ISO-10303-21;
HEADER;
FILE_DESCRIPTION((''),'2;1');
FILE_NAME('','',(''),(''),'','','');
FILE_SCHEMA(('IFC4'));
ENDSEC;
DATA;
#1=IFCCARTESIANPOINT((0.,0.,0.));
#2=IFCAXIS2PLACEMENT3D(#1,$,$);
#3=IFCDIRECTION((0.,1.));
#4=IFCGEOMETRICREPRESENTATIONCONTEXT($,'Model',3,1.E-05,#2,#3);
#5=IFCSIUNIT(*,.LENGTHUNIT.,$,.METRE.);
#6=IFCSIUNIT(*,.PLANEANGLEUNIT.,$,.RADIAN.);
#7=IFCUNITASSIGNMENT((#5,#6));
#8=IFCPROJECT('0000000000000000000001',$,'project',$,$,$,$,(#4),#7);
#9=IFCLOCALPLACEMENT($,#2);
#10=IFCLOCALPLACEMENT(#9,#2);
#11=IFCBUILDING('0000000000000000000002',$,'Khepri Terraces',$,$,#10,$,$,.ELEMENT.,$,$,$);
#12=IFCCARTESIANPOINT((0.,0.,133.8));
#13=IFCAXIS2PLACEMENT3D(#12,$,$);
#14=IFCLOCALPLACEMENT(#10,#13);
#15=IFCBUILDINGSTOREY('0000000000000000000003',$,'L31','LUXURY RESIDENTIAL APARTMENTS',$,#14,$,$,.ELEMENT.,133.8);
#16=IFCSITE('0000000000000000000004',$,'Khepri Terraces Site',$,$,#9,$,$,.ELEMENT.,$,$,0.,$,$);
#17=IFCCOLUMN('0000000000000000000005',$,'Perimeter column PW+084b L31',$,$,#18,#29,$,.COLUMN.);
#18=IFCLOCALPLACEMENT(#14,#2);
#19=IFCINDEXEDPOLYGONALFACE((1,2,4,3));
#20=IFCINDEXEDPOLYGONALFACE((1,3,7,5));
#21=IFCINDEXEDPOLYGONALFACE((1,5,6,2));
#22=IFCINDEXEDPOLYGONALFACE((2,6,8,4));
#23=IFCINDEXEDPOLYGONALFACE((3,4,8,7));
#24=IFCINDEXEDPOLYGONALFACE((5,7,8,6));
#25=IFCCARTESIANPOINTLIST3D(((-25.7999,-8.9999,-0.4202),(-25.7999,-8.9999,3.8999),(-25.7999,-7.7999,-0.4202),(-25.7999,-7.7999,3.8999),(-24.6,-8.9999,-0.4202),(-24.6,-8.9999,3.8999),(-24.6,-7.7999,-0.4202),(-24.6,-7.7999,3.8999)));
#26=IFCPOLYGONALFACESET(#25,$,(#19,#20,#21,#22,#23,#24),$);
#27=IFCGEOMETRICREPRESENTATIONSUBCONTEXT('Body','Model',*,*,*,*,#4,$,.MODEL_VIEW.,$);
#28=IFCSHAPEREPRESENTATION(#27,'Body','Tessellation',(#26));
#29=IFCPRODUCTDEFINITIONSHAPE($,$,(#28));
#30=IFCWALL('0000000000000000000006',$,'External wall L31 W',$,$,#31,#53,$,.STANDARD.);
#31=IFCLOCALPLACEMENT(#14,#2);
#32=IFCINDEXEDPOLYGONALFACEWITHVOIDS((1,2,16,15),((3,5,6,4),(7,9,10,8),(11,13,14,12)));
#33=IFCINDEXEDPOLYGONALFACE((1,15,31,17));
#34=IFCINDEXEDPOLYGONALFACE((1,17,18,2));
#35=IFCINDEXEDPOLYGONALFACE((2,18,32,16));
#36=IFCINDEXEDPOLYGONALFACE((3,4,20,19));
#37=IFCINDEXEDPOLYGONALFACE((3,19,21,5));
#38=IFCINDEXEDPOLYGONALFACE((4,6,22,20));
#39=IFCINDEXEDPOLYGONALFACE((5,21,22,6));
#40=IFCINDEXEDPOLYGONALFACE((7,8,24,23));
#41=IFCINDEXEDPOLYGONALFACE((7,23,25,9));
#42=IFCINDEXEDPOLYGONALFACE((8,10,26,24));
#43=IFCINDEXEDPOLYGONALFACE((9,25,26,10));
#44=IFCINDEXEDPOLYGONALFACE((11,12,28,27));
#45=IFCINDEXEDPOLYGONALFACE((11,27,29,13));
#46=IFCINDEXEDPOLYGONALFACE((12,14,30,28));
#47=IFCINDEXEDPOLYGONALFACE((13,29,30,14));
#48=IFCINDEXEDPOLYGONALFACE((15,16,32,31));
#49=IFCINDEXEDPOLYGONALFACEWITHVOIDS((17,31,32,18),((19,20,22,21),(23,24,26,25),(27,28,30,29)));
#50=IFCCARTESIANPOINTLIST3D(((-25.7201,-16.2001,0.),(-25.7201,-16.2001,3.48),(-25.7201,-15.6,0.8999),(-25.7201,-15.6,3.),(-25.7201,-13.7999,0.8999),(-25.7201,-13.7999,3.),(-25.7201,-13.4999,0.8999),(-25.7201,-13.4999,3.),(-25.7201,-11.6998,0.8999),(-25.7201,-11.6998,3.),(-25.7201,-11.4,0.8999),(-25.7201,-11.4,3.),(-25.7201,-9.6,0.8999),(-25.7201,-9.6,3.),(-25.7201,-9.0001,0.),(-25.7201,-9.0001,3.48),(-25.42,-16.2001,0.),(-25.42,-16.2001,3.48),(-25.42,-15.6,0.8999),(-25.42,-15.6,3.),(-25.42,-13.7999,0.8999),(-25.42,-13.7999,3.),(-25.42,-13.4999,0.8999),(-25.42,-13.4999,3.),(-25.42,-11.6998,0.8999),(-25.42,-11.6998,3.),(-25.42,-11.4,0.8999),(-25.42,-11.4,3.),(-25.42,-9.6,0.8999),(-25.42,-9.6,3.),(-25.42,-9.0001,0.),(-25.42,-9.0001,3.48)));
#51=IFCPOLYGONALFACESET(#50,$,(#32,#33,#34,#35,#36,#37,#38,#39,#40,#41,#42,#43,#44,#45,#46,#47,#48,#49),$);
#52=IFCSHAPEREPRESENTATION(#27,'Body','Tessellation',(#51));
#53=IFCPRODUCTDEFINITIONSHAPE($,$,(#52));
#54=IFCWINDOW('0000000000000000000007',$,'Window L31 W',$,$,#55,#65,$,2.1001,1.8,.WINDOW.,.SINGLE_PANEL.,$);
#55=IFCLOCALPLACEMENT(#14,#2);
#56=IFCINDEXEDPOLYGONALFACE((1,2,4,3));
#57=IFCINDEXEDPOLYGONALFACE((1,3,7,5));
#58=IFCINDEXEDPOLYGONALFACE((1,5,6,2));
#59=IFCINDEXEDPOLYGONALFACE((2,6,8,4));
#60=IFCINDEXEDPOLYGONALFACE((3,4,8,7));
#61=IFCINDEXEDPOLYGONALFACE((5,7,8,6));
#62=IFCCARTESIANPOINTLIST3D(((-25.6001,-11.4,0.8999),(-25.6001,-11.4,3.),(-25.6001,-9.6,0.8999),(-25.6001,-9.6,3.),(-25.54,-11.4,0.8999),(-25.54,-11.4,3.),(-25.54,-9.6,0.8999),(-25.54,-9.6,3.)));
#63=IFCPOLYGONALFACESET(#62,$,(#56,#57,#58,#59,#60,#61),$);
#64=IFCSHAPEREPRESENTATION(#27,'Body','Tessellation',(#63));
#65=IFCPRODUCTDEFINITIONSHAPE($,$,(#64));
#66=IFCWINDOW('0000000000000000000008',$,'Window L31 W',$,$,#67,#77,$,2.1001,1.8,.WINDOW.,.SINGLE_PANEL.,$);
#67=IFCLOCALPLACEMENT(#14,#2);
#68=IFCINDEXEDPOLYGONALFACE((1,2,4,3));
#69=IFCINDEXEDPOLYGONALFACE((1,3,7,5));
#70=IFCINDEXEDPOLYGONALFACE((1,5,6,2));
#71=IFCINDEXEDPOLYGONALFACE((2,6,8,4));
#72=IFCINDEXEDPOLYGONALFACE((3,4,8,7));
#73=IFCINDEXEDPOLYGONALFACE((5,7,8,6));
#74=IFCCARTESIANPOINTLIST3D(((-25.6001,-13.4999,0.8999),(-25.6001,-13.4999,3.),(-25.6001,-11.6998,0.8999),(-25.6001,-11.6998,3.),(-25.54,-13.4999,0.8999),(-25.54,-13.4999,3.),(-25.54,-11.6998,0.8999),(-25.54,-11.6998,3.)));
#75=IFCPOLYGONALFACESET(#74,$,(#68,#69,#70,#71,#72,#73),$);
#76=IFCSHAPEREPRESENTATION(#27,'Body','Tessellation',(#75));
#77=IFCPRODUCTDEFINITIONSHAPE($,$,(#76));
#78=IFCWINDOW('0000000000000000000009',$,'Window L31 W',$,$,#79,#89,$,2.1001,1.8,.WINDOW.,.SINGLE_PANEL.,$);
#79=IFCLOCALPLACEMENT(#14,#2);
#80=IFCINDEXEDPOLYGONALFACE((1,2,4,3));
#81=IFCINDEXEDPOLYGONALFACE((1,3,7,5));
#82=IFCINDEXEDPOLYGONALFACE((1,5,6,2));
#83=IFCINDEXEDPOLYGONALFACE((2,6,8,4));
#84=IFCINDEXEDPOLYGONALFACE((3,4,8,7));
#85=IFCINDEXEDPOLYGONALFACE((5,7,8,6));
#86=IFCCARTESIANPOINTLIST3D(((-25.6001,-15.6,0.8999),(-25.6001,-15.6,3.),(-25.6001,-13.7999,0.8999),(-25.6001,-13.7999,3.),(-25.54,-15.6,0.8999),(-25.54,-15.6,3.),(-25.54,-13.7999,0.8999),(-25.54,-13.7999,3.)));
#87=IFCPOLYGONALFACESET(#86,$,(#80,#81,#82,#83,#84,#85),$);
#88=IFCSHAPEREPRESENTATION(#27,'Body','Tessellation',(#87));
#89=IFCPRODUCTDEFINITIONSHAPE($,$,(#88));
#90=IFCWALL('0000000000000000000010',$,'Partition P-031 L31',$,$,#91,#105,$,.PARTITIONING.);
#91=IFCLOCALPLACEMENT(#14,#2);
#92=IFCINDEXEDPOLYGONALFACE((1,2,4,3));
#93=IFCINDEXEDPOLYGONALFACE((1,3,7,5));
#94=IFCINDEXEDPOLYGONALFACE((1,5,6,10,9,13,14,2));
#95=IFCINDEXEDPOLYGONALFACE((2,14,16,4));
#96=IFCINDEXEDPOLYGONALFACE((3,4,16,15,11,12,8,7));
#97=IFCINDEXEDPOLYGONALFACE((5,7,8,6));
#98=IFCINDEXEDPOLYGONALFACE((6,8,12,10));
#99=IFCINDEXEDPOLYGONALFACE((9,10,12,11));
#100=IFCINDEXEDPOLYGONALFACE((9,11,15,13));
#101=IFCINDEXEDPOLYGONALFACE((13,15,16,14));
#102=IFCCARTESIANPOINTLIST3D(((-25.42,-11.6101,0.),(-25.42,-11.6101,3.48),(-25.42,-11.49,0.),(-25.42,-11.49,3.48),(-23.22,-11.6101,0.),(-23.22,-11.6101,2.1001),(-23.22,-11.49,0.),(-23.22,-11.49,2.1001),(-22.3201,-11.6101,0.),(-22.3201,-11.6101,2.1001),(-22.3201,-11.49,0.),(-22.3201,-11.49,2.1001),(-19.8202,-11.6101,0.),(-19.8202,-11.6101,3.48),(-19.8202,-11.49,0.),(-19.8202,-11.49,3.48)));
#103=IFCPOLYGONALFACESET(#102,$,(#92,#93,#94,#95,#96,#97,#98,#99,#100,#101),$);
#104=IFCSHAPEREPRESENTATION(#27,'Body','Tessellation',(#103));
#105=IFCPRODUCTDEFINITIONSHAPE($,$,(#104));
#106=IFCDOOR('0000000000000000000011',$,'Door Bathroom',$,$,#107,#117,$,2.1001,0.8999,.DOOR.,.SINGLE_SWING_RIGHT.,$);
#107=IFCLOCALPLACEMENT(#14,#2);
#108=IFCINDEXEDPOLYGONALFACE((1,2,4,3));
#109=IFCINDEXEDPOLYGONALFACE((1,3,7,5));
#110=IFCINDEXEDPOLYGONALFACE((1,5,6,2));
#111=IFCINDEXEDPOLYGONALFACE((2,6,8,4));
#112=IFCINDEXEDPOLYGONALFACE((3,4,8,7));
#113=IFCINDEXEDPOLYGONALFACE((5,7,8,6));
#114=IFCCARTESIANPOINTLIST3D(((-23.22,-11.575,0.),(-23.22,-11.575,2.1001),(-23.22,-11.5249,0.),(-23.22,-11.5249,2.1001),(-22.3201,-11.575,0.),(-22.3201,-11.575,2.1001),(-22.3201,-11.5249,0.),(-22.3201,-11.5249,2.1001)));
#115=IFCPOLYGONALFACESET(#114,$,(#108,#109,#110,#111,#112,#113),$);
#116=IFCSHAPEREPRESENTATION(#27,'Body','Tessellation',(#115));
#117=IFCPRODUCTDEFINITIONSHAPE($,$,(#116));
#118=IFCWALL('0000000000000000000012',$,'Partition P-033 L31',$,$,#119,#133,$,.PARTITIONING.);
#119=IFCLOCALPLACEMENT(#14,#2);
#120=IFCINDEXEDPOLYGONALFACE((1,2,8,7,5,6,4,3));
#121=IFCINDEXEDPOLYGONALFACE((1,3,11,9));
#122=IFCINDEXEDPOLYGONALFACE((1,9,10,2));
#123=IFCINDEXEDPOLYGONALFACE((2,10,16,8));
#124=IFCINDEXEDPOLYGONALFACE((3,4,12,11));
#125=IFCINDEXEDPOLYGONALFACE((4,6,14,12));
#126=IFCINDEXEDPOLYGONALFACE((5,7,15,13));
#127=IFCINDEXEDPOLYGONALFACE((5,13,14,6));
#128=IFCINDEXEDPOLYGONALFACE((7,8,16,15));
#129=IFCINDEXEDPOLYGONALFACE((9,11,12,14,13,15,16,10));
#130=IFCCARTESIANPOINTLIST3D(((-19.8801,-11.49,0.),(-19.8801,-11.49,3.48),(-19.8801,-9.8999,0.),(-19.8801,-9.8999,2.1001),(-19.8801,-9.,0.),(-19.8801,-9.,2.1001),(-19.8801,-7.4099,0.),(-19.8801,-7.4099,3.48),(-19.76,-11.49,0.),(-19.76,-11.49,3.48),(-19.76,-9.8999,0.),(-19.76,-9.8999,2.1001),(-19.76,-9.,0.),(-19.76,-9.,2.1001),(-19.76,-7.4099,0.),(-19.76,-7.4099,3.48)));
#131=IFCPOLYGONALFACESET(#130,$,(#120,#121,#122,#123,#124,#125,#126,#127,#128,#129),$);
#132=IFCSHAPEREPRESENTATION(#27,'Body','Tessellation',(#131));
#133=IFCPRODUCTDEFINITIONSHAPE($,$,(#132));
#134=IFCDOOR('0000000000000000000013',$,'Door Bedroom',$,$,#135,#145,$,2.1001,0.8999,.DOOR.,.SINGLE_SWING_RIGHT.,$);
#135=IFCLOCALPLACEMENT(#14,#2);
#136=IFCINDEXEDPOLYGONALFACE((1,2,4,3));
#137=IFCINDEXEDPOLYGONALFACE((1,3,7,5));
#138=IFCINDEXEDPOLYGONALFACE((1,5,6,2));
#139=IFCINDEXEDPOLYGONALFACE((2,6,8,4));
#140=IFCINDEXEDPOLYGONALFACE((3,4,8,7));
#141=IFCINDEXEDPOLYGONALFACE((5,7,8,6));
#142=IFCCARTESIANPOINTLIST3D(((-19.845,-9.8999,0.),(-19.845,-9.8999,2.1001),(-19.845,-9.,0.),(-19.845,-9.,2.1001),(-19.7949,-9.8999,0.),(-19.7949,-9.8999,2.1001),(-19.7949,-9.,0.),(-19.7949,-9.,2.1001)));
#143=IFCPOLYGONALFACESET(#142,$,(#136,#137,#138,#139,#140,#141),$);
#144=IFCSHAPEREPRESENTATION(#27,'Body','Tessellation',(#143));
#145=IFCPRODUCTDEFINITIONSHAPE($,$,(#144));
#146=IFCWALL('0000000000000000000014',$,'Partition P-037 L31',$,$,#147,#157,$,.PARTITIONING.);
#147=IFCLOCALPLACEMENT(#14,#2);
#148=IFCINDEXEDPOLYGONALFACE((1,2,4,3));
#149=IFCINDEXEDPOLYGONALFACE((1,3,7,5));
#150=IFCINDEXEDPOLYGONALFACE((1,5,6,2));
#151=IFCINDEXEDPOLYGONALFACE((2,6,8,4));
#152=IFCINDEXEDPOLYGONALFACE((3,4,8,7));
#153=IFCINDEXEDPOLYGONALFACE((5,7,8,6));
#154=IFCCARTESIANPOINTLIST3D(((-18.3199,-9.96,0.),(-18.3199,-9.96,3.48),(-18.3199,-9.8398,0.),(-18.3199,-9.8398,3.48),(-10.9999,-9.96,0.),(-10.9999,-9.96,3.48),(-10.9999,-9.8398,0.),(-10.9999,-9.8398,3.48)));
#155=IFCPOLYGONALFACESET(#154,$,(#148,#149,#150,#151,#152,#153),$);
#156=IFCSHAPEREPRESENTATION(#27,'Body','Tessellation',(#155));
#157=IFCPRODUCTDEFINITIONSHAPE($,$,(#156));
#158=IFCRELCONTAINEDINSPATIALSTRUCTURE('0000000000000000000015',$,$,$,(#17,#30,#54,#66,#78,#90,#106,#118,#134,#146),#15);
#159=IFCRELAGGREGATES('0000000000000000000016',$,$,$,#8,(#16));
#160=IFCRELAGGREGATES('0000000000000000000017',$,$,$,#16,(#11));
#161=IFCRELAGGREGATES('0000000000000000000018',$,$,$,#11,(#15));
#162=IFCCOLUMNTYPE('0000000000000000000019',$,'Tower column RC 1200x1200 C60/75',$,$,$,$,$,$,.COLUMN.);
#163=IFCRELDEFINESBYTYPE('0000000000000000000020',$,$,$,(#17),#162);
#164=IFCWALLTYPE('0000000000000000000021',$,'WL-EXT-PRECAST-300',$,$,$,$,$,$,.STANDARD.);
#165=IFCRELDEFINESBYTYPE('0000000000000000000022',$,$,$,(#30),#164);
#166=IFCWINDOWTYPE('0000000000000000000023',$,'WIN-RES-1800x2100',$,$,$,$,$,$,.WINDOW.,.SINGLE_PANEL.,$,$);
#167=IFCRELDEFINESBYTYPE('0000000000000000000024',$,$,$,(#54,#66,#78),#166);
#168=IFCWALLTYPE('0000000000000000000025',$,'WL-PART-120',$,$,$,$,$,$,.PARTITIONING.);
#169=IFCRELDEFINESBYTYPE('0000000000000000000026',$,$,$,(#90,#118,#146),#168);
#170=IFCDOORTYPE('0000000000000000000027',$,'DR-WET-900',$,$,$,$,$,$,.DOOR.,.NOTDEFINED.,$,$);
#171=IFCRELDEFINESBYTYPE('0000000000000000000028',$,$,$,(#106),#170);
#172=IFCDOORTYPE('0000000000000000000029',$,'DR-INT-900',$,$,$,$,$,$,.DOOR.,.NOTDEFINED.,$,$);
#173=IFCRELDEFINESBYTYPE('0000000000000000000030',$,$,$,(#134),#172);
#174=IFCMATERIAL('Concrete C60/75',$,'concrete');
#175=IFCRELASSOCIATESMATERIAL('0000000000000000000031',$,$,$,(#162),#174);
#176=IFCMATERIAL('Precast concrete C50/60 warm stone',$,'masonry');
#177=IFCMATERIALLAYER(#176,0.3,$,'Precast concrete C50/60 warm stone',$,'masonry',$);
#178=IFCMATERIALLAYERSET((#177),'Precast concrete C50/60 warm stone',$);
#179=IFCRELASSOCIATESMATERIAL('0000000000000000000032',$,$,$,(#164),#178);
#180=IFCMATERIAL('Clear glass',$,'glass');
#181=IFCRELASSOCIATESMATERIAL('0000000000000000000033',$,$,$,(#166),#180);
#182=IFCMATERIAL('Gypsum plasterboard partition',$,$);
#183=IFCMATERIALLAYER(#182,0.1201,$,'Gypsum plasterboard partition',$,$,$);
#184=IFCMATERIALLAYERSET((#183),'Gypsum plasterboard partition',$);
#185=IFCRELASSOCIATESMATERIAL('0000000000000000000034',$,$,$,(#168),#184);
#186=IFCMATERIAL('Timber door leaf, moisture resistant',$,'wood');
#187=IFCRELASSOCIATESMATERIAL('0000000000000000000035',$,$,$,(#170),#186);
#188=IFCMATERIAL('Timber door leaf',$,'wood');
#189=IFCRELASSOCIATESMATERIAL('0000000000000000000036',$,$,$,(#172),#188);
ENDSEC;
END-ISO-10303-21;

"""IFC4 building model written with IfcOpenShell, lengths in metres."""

from ifc_helpers import new_model, si_unit, direction, frame, frame_2d, origin, origin_2d, place, context, subcontext, project, spatial, rectangle, extrude, material, layer, layer_set, material_profile, profile_set, type_object, element, fill, save


model = new_model("IFC4")

# Units and contexts
model_context = context("Model", 3, precision=1e-05, world=origin(), true_north=direction((0.0, 1.0)))
body_context = subcontext(model_context, "Body", "Model", "MODEL_VIEW")
ifc_project = project(units=[si_unit("LENGTHUNIT", "METRE"), si_unit("PLANEANGLEUNIT", "RADIAN")], contexts=[model_context])

# Site, building, storey
site_placement = place(None, origin())
site = spatial("IfcSite", under=ifc_project, at=site_placement, Name="Khepri Terraces Site", CompositionType="ELEMENT", RefElevation=0.0)
building_placement = place(site_placement, origin())
building = spatial("IfcBuilding", under=site, at=building_placement, Name="Khepri Terraces", CompositionType="ELEMENT")
storey_placement = place(building_placement, frame((0.0, 0.0, 133.8)))
storey = spatial("IfcBuildingStorey", under=building, at=storey_placement, Name="L31", Description="LUXURY RESIDENTIAL APARTMENTS", CompositionType="ELEMENT", Elevation=133.8)

# Column
ifc_material_1 = material(Name="Concrete C60/75", Category="concrete")
ifc_material_profile = material_profile(ifc_material_1, rectangle(XDim=1.2, YDim=1.2, at=origin_2d()), Name="Concrete C60/75", Category="concrete")
ifc_profile_set = profile_set([ifc_material_profile], Name="Concrete C60/75")
column_type = type_object("IfcColumnType", Name="Tower column RC 1200x1200 C60/75", PredefinedType="COLUMN", material=ifc_profile_set)
column_placement = place(storey_placement, frame((-25.2, -8.3999, -0.4202), z_axis=(0.0, 0.0, 1.0), x_axis=(1.0, 0.0, 0.0)))
element("IfcColumn", 1, at=column_placement, inside=storey, type_object=column_type, Name="Perimeter column PW+084b L31", PredefinedType="COLUMN", context=body_context, shape_type="SweptSolid", body=[
    extrude(rectangle(XDim=1.2, YDim=1.2, at=origin_2d()), origin(), (0.0, 0.0, 1.0), 4.3201),
])

# Wall, openings, windows
ifc_material_2 = material(Name="Precast concrete C50/60 warm stone", Category="masonry")
ifc_layer_1 = layer(ifc_material_2, 0.3, Name="Precast concrete C50/60 warm stone", Category="masonry")
ifc_layer_set_1 = layer_set([ifc_layer_1], Name="Precast concrete C50/60 warm stone")
wall_type_1 = type_object("IfcWallType", Name="WL-EXT-PRECAST-300", PredefinedType="STANDARD", material=ifc_layer_set_1)
wall_1_placement = place(storey_placement, frame((-25.5701, -9.0, 0.0), z_axis=(0.0, 0.0, 1.0), x_axis=(0.0, -1.0, 0.0)))
wall_1 = element("IfcWall", 2, at=wall_1_placement, inside=storey, type_object=wall_type_1, Name="External wall L31 W", PredefinedType="STANDARD", context=body_context, shape_type="SweptSolid", body=[
    extrude(rectangle(XDim=7.2, YDim=0.3, at=frame_2d((3.6001, 0.0))), origin(), (0.0, 0.0, 1.0), 3.48),
])
opening_1_placement = place(wall_1_placement, frame((0.6001, 0.0, 0.8999)))
opening_1 = element("IfcOpeningElement", 3, at=opening_1_placement, cuts=wall_1, PredefinedType="OPENING", context=body_context, shape_type="SweptSolid", body=[
    extrude(rectangle(XDim=1.8, YDim=2.1001, at=frame_2d((0.8999, 1.05))), frame((0.0, 0.1602, 0.0), z_axis=(0.0, -1.0, 0.0), x_axis=(1.0, 0.0, 0.0)), (0.0, 0.0, 1.0), 0.3201),
])
opening_2_placement = place(wall_1_placement, frame((2.7, 0.0, 0.8999)))
opening_2 = element("IfcOpeningElement", 4, at=opening_2_placement, cuts=wall_1, PredefinedType="OPENING", context=body_context, shape_type="SweptSolid", body=[
    extrude(rectangle(XDim=1.8, YDim=2.1001, at=frame_2d((0.8999, 1.05))), frame((0.0, 0.1602, 0.0), z_axis=(0.0, -1.0, 0.0), x_axis=(1.0, 0.0, 0.0)), (0.0, 0.0, 1.0), 0.3201),
])
opening_3_placement = place(wall_1_placement, frame((4.8, 0.0, 0.8999)))
opening_3 = element("IfcOpeningElement", 5, at=opening_3_placement, cuts=wall_1, PredefinedType="OPENING", context=body_context, shape_type="SweptSolid", body=[
    extrude(rectangle(XDim=1.8, YDim=2.1001, at=frame_2d((0.8999, 1.05))), frame((0.0, 0.1602, 0.0), z_axis=(0.0, -1.0, 0.0), x_axis=(1.0, 0.0, 0.0)), (0.0, 0.0, 1.0), 0.3201),
])
ifc_material_3 = material(Name="Clear glass", Category="glass")
window_type = type_object("IfcWindowType", Name="WIN-RES-1800x2100", PartitioningType="SINGLE_PANEL", PredefinedType="WINDOW", material=ifc_material_3)
window_1_placement = place(opening_1_placement, origin())
window_1 = element("IfcWindow", 6, at=window_1_placement, inside=storey, type_object=window_type, Name="Window L31 W", OverallHeight=2.1001, OverallWidth=1.8, PartitioningType="SINGLE_PANEL", PredefinedType="WINDOW", context=body_context, shape_type="SweptSolid", body=[
    extrude(rectangle(XDim=1.8, YDim=2.1001, at=frame_2d((0.8999, 1.05))), frame((0.0, 0.03, 0.0), z_axis=(0.0, -1.0, 0.0), x_axis=(1.0, 0.0, 0.0)), (0.0, 0.0, 1.0), 0.0601),
])
fill(opening_1, window_1)
window_2_placement = place(opening_2_placement, origin())
window_2 = element("IfcWindow", 7, at=window_2_placement, inside=storey, type_object=window_type, Name="Window L31 W", OverallHeight=2.1001, OverallWidth=1.8, PartitioningType="SINGLE_PANEL", PredefinedType="WINDOW", context=body_context, shape_type="SweptSolid", body=[
    extrude(rectangle(XDim=1.8, YDim=2.1001, at=frame_2d((0.8999, 1.05))), frame((0.0, 0.03, 0.0), z_axis=(0.0, -1.0, 0.0), x_axis=(1.0, 0.0, 0.0)), (0.0, 0.0, 1.0), 0.0601),
])
fill(opening_2, window_2)
window_3_placement = place(opening_3_placement, origin())
window_3 = element("IfcWindow", 8, at=window_3_placement, inside=storey, type_object=window_type, Name="Window L31 W", OverallHeight=2.1001, OverallWidth=1.8, PartitioningType="SINGLE_PANEL", PredefinedType="WINDOW", context=body_context, shape_type="SweptSolid", body=[
    extrude(rectangle(XDim=1.8, YDim=2.1001, at=frame_2d((0.8999, 1.05))), frame((0.0, 0.03, 0.0), z_axis=(0.0, -1.0, 0.0), x_axis=(1.0, 0.0, 0.0)), (0.0, 0.0, 1.0), 0.0601),
])
fill(opening_3, window_3)

# Walls, openings, doors
ifc_material_4 = material(Name="Gypsum plasterboard partition")
ifc_layer_2 = layer(ifc_material_4, 0.1201, Name="Gypsum plasterboard partition")
ifc_layer_set_2 = layer_set([ifc_layer_2], Name="Gypsum plasterboard partition")
wall_type_2 = type_object("IfcWallType", Name="WL-PART-120", PredefinedType="PARTITIONING", material=ifc_layer_set_2)
wall_2_placement = place(storey_placement, frame((-25.4199, -11.55, 0.0), z_axis=(0.0, 0.0, 1.0), x_axis=(1.0, 0.0, 0.0)))
wall_2 = element("IfcWall", 9, at=wall_2_placement, inside=storey, type_object=wall_type_2, Name="Partition P-031 L31", PredefinedType="PARTITIONING", context=body_context, shape_type="SweptSolid", body=[
    extrude(rectangle(XDim=5.5999, YDim=0.1201, at=frame_2d((2.7998, 0.0))), origin(), (0.0, 0.0, 1.0), 3.48),
])
opening_4_placement = place(wall_2_placement, frame((2.2, 0.0, 0.0)))
opening_4 = element("IfcOpeningElement", 10, at=opening_4_placement, cuts=wall_2, PredefinedType="OPENING", context=body_context, shape_type="SweptSolid", body=[
    extrude(rectangle(XDim=0.8999, YDim=2.1001, at=frame_2d((0.45, 1.05))), frame((0.0, 0.0701, 0.0), z_axis=(0.0, -1.0, 0.0), x_axis=(1.0, 0.0, 0.0)), (0.0, 0.0, 1.0), 0.1401),
])
ifc_material_5 = material(Name="Timber door leaf, moisture resistant", Category="wood")
door_type_1 = type_object("IfcDoorType", Name="DR-WET-900", OperationType="NOTDEFINED", PredefinedType="DOOR", material=ifc_material_5)
door_1_placement = place(opening_4_placement, frame((0.8999, 0.0, 0.0), z_axis=(0.0, 0.0, 1.0), x_axis=(-1.0, 0.0, 0.0)))
door_1 = element("IfcDoor", 11, at=door_1_placement, inside=storey, type_object=door_type_1, Name="Door Bathroom", OperationType="SINGLE_SWING_RIGHT", OverallHeight=2.1001, OverallWidth=0.8999, PredefinedType="DOOR", context=body_context, shape_type="SweptSolid", body=[
    extrude(rectangle(XDim=0.8999, YDim=2.1001, at=frame_2d((0.45, 1.05))), frame((0.0, 0.0249, 0.0), z_axis=(0.0, -1.0, 0.0), x_axis=(1.0, 0.0, 0.0)), (0.0, 0.0, 1.0), 0.05),
])
fill(opening_4, door_1)
wall_3_placement = place(storey_placement, frame((-19.8201, -11.49, 0.0), z_axis=(0.0, 0.0, 1.0), x_axis=(0.0, 1.0, 0.0)))
wall_3 = element("IfcWall", 12, at=wall_3_placement, inside=storey, type_object=wall_type_2, Name="Partition P-033 L31", PredefinedType="PARTITIONING", context=body_context, shape_type="SweptSolid", body=[
    extrude(rectangle(XDim=4.0801, YDim=0.1201, at=frame_2d((2.04, 0.0))), origin(), (0.0, 0.0, 1.0), 3.48),
])
opening_5_placement = place(wall_3_placement, frame((1.5901, 0.0, 0.0)))
opening_5 = element("IfcOpeningElement", 13, at=opening_5_placement, cuts=wall_3, PredefinedType="OPENING", context=body_context, shape_type="SweptSolid", body=[
    extrude(rectangle(XDim=0.8999, YDim=2.1001, at=frame_2d((0.45, 1.05))), frame((0.0, 0.0701, 0.0), z_axis=(0.0, -1.0, 0.0), x_axis=(1.0, 0.0, 0.0)), (0.0, 0.0, 1.0), 0.1401),
])
ifc_material_6 = material(Name="Timber door leaf", Category="wood")
door_type_2 = type_object("IfcDoorType", Name="DR-INT-900", OperationType="NOTDEFINED", PredefinedType="DOOR", material=ifc_material_6)
door_2_placement = place(opening_5_placement, origin())
door_2 = element("IfcDoor", 14, at=door_2_placement, inside=storey, type_object=door_type_2, Name="Door Bedroom", OperationType="SINGLE_SWING_RIGHT", OverallHeight=2.1001, OverallWidth=0.8999, PredefinedType="DOOR", context=body_context, shape_type="SweptSolid", body=[
    extrude(rectangle(XDim=0.8999, YDim=2.1001, at=frame_2d((0.45, 1.05))), frame((0.0, 0.0249, 0.0), z_axis=(0.0, -1.0, 0.0), x_axis=(1.0, 0.0, 0.0)), (0.0, 0.0, 1.0), 0.05),
])
fill(opening_5, door_2)

# Wall
wall_4_placement = place(storey_placement, frame((-18.3201, -9.8999, 0.0), z_axis=(0.0, 0.0, 1.0), x_axis=(1.0, 0.0, 0.0)))
element("IfcWall", 15, at=wall_4_placement, inside=storey, type_object=wall_type_2, Name="Partition P-037 L31", PredefinedType="PARTITIONING", context=body_context, shape_type="SweptSolid", body=[
    extrude(rectangle(XDim=7.3201, YDim=0.1201, at=frame_2d((3.6602, 0.0))), origin(), (0.0, 0.0, 1.0), 3.48),
])

save(model, "model.ifc")
